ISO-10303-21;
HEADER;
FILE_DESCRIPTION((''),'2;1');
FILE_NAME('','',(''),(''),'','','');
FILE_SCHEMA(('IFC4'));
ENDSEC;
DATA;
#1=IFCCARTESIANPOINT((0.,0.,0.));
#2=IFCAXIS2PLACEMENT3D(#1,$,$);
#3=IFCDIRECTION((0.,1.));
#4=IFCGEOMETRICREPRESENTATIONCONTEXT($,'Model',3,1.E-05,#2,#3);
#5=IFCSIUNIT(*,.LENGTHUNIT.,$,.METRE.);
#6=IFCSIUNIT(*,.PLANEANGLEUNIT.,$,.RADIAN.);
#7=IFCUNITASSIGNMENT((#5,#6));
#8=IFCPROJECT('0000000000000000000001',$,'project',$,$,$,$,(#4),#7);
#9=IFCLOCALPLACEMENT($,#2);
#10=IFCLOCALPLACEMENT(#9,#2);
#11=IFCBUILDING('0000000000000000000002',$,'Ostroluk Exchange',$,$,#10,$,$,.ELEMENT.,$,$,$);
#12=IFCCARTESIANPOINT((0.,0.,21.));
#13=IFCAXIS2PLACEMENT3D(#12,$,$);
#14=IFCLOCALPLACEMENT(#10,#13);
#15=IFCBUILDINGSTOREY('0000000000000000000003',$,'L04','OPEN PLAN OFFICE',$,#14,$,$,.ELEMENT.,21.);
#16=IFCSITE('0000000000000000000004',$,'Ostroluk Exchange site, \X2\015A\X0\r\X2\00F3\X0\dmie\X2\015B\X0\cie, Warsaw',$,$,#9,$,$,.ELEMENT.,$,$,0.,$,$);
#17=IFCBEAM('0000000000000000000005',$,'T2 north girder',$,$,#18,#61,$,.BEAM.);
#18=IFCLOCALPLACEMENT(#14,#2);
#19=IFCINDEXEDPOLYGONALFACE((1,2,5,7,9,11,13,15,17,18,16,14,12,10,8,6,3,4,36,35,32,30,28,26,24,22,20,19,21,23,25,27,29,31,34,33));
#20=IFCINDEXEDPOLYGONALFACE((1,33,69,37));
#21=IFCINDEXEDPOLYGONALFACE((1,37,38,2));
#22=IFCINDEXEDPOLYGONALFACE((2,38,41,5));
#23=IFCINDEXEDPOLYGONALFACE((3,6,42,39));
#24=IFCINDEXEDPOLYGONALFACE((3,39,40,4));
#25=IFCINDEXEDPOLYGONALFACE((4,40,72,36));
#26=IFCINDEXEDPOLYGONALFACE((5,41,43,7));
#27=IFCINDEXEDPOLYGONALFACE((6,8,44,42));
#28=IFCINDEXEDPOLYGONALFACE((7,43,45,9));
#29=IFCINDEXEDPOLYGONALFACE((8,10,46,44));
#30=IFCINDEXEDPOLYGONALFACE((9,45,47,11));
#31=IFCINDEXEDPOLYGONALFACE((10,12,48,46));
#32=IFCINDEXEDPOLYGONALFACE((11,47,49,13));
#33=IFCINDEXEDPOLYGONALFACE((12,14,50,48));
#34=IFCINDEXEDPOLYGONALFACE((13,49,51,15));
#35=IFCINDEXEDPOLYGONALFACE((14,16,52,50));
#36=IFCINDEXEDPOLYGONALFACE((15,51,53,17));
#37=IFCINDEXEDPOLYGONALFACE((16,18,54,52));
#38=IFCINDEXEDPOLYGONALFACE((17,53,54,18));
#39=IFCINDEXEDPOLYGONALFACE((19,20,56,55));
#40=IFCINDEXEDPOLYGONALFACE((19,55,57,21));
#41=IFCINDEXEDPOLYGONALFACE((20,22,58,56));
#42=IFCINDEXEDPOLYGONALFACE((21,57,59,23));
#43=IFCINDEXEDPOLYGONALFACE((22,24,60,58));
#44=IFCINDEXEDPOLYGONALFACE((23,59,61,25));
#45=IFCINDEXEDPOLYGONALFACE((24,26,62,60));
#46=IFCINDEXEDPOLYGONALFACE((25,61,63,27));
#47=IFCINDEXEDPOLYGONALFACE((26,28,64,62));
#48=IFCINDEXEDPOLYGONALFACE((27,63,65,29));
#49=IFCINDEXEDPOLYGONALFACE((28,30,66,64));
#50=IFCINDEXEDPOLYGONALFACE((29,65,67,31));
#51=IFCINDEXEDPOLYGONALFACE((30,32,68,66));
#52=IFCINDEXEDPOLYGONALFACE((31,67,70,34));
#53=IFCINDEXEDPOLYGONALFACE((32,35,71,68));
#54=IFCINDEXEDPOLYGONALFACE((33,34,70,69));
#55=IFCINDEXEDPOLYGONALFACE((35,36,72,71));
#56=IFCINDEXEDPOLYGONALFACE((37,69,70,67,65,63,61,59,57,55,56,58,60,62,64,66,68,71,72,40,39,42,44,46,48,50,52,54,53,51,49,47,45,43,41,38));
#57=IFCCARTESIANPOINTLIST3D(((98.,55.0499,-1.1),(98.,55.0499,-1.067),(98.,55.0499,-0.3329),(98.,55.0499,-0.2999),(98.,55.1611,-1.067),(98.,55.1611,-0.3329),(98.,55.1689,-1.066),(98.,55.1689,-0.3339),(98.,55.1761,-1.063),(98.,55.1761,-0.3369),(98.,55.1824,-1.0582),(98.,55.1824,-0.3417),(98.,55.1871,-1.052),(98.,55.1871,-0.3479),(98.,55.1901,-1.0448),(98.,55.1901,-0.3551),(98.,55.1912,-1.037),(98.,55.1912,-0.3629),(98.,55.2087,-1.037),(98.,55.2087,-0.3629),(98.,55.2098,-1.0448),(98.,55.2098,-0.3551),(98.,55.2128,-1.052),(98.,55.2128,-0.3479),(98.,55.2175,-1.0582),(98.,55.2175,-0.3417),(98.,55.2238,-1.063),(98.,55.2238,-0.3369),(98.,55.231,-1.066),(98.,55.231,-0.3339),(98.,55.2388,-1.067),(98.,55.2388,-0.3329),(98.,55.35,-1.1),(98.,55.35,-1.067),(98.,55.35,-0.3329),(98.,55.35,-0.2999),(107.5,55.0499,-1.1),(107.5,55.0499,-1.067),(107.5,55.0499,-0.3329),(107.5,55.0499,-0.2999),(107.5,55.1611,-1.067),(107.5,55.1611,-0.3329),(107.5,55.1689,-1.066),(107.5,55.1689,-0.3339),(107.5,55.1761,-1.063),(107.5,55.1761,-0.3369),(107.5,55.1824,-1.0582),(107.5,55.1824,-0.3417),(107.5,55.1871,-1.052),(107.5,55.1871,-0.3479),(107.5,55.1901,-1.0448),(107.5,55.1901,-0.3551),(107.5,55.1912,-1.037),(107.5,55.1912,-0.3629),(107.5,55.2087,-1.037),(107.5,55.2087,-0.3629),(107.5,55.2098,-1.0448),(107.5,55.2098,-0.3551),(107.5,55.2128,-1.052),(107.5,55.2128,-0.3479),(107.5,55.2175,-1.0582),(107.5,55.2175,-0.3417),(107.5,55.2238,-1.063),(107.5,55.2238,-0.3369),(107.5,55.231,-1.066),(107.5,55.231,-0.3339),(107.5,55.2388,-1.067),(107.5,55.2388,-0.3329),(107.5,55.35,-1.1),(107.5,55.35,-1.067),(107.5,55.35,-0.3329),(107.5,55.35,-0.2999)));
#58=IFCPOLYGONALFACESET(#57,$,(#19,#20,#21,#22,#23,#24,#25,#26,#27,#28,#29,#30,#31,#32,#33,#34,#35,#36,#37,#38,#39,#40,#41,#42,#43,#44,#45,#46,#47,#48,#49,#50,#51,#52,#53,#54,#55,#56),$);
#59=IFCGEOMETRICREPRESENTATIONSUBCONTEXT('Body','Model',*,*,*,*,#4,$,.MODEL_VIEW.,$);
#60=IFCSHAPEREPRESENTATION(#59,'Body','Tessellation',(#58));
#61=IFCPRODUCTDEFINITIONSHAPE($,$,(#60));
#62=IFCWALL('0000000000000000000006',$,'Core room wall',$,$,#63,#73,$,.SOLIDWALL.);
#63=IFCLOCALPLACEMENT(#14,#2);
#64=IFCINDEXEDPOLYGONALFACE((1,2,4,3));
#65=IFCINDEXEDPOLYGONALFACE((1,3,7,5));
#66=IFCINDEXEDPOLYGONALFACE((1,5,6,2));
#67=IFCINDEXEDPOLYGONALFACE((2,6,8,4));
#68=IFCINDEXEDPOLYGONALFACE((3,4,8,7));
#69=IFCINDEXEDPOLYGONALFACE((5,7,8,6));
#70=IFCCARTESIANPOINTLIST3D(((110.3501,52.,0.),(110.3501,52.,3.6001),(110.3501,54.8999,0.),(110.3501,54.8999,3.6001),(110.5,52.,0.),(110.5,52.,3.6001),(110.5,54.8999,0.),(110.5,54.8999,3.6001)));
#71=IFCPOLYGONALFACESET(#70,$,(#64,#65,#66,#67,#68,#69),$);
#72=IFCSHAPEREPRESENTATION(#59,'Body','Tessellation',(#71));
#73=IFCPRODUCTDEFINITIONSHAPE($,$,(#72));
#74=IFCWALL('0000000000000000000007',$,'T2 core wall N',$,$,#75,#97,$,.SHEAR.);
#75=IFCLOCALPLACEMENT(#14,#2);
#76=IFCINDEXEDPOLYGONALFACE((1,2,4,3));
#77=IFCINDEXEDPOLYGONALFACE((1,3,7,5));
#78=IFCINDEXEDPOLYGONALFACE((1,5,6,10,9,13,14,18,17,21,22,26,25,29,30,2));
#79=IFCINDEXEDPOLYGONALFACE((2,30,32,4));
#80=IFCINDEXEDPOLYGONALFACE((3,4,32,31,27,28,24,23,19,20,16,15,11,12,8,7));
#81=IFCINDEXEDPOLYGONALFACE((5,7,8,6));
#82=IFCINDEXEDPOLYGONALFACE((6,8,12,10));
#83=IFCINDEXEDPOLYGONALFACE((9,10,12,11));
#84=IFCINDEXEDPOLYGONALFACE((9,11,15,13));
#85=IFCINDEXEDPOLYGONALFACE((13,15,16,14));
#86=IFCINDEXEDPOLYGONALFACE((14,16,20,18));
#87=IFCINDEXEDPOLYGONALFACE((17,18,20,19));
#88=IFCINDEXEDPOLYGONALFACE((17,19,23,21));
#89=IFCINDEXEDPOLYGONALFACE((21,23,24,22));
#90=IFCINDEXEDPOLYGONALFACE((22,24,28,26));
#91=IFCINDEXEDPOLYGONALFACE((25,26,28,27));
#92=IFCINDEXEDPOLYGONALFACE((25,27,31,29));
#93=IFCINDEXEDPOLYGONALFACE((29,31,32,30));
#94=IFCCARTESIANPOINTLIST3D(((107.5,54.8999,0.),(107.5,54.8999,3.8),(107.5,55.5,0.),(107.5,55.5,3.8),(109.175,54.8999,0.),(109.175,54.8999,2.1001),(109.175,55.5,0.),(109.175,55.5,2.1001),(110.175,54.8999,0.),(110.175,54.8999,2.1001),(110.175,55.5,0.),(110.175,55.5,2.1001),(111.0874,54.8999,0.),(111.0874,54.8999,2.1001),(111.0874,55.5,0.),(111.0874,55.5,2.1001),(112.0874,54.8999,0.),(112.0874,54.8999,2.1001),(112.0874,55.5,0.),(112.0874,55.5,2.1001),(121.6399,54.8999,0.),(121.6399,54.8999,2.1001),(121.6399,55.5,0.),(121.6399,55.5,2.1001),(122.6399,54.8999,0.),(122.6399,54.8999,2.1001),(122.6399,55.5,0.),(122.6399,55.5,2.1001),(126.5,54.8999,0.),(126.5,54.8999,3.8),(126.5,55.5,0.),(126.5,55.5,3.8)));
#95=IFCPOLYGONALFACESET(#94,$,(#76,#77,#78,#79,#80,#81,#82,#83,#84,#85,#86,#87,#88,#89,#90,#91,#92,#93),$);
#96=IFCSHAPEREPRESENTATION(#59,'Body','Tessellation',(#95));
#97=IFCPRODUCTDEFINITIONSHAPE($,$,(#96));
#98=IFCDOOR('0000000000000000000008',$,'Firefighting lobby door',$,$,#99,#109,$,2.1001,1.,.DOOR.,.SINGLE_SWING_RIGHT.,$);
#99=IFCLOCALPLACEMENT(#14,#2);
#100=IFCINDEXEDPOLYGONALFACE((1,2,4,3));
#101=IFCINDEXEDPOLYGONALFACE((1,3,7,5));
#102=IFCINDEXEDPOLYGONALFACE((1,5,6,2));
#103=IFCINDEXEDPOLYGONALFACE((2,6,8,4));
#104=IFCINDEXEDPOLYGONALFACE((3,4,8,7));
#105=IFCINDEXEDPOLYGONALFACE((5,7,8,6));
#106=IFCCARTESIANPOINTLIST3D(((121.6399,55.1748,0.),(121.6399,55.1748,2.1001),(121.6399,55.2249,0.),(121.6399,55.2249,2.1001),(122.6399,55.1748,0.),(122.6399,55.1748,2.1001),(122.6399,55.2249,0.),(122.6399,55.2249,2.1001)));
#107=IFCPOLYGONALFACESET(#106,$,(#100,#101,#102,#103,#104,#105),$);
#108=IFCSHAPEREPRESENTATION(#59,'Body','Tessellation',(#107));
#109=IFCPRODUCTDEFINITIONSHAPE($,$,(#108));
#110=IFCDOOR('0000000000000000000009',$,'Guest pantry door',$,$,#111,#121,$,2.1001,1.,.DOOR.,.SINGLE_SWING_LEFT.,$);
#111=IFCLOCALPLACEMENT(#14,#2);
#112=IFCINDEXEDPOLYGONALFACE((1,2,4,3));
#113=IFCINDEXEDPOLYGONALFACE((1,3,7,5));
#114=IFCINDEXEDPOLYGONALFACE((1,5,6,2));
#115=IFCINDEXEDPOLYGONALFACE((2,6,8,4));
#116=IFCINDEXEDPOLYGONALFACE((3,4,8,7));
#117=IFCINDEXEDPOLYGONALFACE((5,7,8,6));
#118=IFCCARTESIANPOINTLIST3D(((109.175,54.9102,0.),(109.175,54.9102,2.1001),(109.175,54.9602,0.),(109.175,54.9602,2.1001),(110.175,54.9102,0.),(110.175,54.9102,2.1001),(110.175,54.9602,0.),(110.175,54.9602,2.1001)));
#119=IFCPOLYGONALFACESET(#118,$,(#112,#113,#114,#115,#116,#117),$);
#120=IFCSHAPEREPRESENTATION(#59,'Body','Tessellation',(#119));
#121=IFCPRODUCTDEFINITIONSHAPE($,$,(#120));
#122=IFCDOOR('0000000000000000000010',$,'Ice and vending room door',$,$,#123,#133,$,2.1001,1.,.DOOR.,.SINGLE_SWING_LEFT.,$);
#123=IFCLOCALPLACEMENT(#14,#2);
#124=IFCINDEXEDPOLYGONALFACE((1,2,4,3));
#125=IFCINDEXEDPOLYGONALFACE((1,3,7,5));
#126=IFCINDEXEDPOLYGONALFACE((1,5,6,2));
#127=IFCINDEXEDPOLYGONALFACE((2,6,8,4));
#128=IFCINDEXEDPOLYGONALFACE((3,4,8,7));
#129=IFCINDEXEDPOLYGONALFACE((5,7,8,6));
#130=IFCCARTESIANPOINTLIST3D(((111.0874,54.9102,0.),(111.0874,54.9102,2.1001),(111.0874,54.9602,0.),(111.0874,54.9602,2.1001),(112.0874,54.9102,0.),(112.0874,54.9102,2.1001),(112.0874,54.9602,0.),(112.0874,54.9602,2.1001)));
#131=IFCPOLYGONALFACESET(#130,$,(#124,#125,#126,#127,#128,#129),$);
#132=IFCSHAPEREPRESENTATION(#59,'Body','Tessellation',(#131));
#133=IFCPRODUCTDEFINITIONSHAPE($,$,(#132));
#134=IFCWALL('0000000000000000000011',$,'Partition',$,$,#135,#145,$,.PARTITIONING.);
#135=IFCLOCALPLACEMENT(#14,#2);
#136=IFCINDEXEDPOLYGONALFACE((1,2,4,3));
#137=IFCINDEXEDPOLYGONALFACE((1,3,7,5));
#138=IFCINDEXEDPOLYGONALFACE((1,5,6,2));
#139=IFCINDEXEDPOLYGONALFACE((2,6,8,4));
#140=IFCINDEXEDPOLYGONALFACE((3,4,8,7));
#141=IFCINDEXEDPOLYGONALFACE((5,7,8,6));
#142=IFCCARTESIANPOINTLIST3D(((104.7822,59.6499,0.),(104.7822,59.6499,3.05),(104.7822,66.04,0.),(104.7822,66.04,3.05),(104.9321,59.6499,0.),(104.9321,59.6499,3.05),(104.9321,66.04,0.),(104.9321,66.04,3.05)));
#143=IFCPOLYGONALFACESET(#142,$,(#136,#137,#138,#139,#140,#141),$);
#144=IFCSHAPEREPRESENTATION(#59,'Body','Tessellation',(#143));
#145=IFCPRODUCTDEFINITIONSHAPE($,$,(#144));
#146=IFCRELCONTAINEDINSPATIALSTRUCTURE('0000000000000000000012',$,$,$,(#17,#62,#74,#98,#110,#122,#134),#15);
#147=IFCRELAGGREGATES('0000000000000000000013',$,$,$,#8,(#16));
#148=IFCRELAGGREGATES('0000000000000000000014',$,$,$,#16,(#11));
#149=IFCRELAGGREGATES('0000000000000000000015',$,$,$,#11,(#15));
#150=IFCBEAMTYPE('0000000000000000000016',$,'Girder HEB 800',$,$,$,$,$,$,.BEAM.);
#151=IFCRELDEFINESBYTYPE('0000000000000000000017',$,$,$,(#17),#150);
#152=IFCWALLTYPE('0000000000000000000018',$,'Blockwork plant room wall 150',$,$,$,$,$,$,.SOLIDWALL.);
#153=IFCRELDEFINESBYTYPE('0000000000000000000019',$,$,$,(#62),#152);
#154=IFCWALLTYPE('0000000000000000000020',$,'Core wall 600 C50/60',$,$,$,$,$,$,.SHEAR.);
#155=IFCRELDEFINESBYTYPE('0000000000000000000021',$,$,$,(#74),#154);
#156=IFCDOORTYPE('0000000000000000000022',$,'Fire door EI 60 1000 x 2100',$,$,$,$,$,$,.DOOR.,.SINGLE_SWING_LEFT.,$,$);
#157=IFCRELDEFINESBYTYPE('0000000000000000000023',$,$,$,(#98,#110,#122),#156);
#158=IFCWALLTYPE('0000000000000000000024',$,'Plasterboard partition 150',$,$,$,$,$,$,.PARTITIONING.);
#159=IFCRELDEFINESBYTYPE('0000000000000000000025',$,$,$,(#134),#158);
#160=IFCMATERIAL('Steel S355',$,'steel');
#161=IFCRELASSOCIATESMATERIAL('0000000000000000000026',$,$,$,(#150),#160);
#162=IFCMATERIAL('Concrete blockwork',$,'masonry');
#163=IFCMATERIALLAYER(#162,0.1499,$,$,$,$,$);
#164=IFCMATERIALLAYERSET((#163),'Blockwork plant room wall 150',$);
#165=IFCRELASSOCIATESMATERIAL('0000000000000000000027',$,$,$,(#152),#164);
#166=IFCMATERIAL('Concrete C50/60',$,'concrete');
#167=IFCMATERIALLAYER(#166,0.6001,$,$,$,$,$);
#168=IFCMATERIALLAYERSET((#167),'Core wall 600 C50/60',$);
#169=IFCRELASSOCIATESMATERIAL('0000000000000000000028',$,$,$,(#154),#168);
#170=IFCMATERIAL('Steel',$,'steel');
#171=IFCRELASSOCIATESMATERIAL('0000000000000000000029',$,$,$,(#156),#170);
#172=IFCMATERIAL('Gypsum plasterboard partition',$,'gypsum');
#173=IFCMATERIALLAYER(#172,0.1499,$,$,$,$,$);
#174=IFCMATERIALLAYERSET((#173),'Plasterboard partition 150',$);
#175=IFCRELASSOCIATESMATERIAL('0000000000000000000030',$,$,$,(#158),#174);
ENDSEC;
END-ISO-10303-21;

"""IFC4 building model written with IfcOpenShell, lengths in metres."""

from ifc_helpers import new_model, si_unit, direction, frame, frame_2d, origin, origin_2d, place, context, subcontext, project, spatial, rectangle, i_section, extrude, material, layer, layer_set, material_profile, profile_set, type_object, element, fill, save


model = new_model("IFC4")

# Units and contexts
model_context = context("Model", 3, precision=1e-05, world=origin(), true_north=direction((0.0, 1.0)))
body_context = subcontext(model_context, "Body", "Model", "MODEL_VIEW")
ifc_project = project(units=[si_unit("LENGTHUNIT", "METRE"), si_unit("PLANEANGLEUNIT", "RADIAN")], contexts=[model_context])

# Site, building, storey
site_placement = place(None, origin())
site = spatial("IfcSite", under=ifc_project, at=site_placement, Name="Ostroluk Exchange site, Śródmieście, Warsaw", CompositionType="ELEMENT", RefElevation=0.0)
building_placement = place(site_placement, origin())
building = spatial("IfcBuilding", under=site, at=building_placement, Name="Ostroluk Exchange", CompositionType="ELEMENT")
storey_placement = place(building_placement, frame((0.0, 0.0, 21.0)))
storey = spatial("IfcBuildingStorey", under=building, at=storey_placement, Name="L04", Description="OPEN PLAN OFFICE", CompositionType="ELEMENT", Elevation=21.0)

# Beam
ifc_material_1 = material(Name="Steel S355", Category="steel")
ifc_material_profile_1 = material_profile(ifc_material_1, i_section(OverallWidth=0.3, OverallDepth=0.8, WebThickness=0.0176, FlangeThickness=0.033, FilletRadius=0.03, at=origin_2d()), Name="HEB 800")
ifc_profile_set_1 = profile_set([ifc_material_profile_1], Name="Steel S355")
beam_type_1 = type_object("IfcBeamType", Name="Girder HEB 800", PredefinedType="BEAM", material=ifc_profile_set_1)
beam_1_placement = place(storey_placement, frame((107.5, 55.2, -0.7), z_axis=(-1.0, 0.0, 0.0), x_axis=(0.0, -1.0, 0.0)))
element("IfcBeam", 1, at=beam_1_placement, inside=storey, type_object=beam_type_1, Name="T2 north girder", PredefinedType="BEAM", context=body_context, shape_type="SweptSolid", body=[
    extrude(i_section(OverallWidth=0.3, OverallDepth=0.8, WebThickness=0.0176, FlangeThickness=0.033, FilletRadius=0.03, at=origin_2d()), origin(), (0.0, 0.0, 1.0), 9.5),
])

# Wall
ifc_material_2 = material(Name="Concrete blockwork", Category="masonry")
ifc_layer_1 = layer(ifc_material_2, 0.1499)
ifc_layer_set_1 = layer_set([ifc_layer_1], Name="Blockwork plant room wall 150")
wall_type_1 = type_object("IfcWallType", Name="Blockwork plant room wall 150", PredefinedType="SOLIDWALL", material=ifc_layer_set_1)
wall_1_placement = place(storey_placement, frame((110.425, 52.0, 0.0), z_axis=(0.0, 0.0, 1.0), x_axis=(0.0, 1.0, 0.0)))
element("IfcWall", 2, at=wall_1_placement, inside=storey, type_object=wall_type_1, Name="Core room wall", PredefinedType="SOLIDWALL", context=body_context, shape_type="SweptSolid", body=[
    extrude(rectangle(XDim=2.8999, YDim=0.1499, at=frame_2d((1.45, 0.0))), origin(), (0.0, 0.0, 1.0), 3.6001),
])

# Wall, openings, doors
ifc_material_3 = material(Name="Concrete C50/60", Category="concrete")
ifc_layer_2 = layer(ifc_material_3, 0.6001)
ifc_layer_set_2 = layer_set([ifc_layer_2], Name="Core wall 600 C50/60")
wall_type_2 = type_object("IfcWallType", Name="Core wall 600 C50/60", PredefinedType="SHEAR", material=ifc_layer_set_2)
wall_2_placement = place(storey_placement, frame((107.5, 55.2, 0.0), z_axis=(0.0, 0.0, 1.0), x_axis=(1.0, 0.0, 0.0)))
wall_2 = element("IfcWall", 3, at=wall_2_placement, inside=storey, type_object=wall_type_2, Name="T2 core wall N", PredefinedType="SHEAR", context=body_context, shape_type="SweptSolid", body=[
    extrude(rectangle(XDim=19.0, YDim=0.6001, at=frame_2d((9.5, 0.0))), origin(), (0.0, 0.0, 1.0), 3.8),
])
opening_1_placement = place(wall_2_placement, frame((14.1399, 0.0, 0.0)))
opening_1 = element("IfcOpeningElement", 4, at=opening_1_placement, cuts=wall_2, PredefinedType="OPENING", context=body_context, shape_type="SweptSolid", body=[
    extrude(rectangle(XDim=1.0, YDim=2.1001, at=frame_2d((0.5, 1.05))), frame((0.0, 0.3101, 0.0), z_axis=(0.0, -1.0, 0.0), x_axis=(1.0, 0.0, 0.0)), (0.0, 0.0, 1.0), 0.6201),
])
opening_2_placement = place(wall_2_placement, frame((1.675, 0.0, 0.0)))
opening_2 = element("IfcOpeningElement", 5, at=opening_2_placement, cuts=wall_2, PredefinedType="OPENING", context=body_context, shape_type="SweptSolid", body=[
    extrude(rectangle(XDim=1.0, YDim=2.1001, at=frame_2d((0.5, 1.05))), frame((0.0, 0.3101, 0.0), z_axis=(0.0, -1.0, 0.0), x_axis=(1.0, 0.0, 0.0)), (0.0, 0.0, 1.0), 0.6201),
])
opening_3_placement = place(wall_2_placement, frame((3.5874, 0.0, 0.0)))
opening_3 = element("IfcOpeningElement", 6, at=opening_3_placement, cuts=wall_2, PredefinedType="OPENING", context=body_context, shape_type="SweptSolid", body=[
    extrude(rectangle(XDim=1.0, YDim=2.1001, at=frame_2d((0.5, 1.05))), frame((0.0, 0.3101, 0.0), z_axis=(0.0, -1.0, 0.0), x_axis=(1.0, 0.0, 0.0)), (0.0, 0.0, 1.0), 0.6201),
])
ifc_material_4 = material(Name="Steel", Category="steel")
door_type_1 = type_object("IfcDoorType", Name="Fire door EI 60 1000 x 2100", OperationType="SINGLE_SWING_LEFT", PredefinedType="DOOR", material=ifc_material_4)
door_1_placement = place(opening_1_placement, origin())
door_1 = element("IfcDoor", 7, at=door_1_placement, inside=storey, type_object=door_type_1, Name="Firefighting lobby door", OperationType="SINGLE_SWING_RIGHT", OverallHeight=2.1001, OverallWidth=1.0, PredefinedType="DOOR", context=body_context, shape_type="SweptSolid", body=[
    extrude(rectangle(XDim=1.0, YDim=2.1001, at=frame_2d((0.5, 1.05))), frame((0.0, 0.0249, 0.0), z_axis=(0.0, -1.0, 0.0), x_axis=(1.0, 0.0, 0.0)), (0.0, 0.0, 1.0), 0.05),
])
fill(opening_1, door_1)
door_2_placement = place(opening_2_placement, origin())
door_2 = element("IfcDoor", 8, at=door_2_placement, inside=storey, type_object=door_type_1, Name="Guest pantry door", OperationType="SINGLE_SWING_LEFT", OverallHeight=2.1001, OverallWidth=1.0, PredefinedType="DOOR", context=body_context, shape_type="SweptSolid", body=[
    extrude(rectangle(XDim=1.0, YDim=2.1001, at=frame_2d((0.5, 1.05))), frame((0.0, -0.2397, 0.0), z_axis=(0.0, -1.0, 0.0), x_axis=(1.0, 0.0, 0.0)), (0.0, 0.0, 1.0), 0.05),
])
fill(opening_2, door_2)
door_3_placement = place(opening_3_placement, origin())
door_3 = element("IfcDoor", 9, at=door_3_placement, inside=storey, type_object=door_type_1, Name="Ice and vending room door", OperationType="SINGLE_SWING_LEFT", OverallHeight=2.1001, OverallWidth=1.0, PredefinedType="DOOR", context=body_context, shape_type="SweptSolid", body=[
    extrude(rectangle(XDim=1.0, YDim=2.1001, at=frame_2d((0.5, 1.05))), frame((0.0, -0.2397, 0.0), z_axis=(0.0, -1.0, 0.0), x_axis=(1.0, 0.0, 0.0)), (0.0, 0.0, 1.0), 0.05),
])
fill(opening_3, door_3)

# Wall
ifc_material_5 = material(Name="Gypsum plasterboard partition", Category="gypsum")
ifc_layer_3 = layer(ifc_material_5, 0.1499)
ifc_layer_set_3 = layer_set([ifc_layer_3], Name="Plasterboard partition 150")
wall_type_3 = type_object("IfcWallType", Name="Plasterboard partition 150", PredefinedType="PARTITIONING", material=ifc_layer_set_3)
wall_3_placement = place(storey_placement, frame((104.8572, 59.6499, 0.0), z_axis=(0.0, 0.0, 1.0), x_axis=(0.0, 1.0, 0.0)))
element("IfcWall", 10, at=wall_3_placement, inside=storey, type_object=wall_type_3, Name="Partition", PredefinedType="PARTITIONING", context=body_context, shape_type="SweptSolid", body=[
    extrude(rectangle(XDim=6.3901, YDim=0.1499, at=frame_2d((3.1951, 0.0))), origin(), (0.0, 0.0, 1.0), 3.05),
])

save(model, "model.ifc")
